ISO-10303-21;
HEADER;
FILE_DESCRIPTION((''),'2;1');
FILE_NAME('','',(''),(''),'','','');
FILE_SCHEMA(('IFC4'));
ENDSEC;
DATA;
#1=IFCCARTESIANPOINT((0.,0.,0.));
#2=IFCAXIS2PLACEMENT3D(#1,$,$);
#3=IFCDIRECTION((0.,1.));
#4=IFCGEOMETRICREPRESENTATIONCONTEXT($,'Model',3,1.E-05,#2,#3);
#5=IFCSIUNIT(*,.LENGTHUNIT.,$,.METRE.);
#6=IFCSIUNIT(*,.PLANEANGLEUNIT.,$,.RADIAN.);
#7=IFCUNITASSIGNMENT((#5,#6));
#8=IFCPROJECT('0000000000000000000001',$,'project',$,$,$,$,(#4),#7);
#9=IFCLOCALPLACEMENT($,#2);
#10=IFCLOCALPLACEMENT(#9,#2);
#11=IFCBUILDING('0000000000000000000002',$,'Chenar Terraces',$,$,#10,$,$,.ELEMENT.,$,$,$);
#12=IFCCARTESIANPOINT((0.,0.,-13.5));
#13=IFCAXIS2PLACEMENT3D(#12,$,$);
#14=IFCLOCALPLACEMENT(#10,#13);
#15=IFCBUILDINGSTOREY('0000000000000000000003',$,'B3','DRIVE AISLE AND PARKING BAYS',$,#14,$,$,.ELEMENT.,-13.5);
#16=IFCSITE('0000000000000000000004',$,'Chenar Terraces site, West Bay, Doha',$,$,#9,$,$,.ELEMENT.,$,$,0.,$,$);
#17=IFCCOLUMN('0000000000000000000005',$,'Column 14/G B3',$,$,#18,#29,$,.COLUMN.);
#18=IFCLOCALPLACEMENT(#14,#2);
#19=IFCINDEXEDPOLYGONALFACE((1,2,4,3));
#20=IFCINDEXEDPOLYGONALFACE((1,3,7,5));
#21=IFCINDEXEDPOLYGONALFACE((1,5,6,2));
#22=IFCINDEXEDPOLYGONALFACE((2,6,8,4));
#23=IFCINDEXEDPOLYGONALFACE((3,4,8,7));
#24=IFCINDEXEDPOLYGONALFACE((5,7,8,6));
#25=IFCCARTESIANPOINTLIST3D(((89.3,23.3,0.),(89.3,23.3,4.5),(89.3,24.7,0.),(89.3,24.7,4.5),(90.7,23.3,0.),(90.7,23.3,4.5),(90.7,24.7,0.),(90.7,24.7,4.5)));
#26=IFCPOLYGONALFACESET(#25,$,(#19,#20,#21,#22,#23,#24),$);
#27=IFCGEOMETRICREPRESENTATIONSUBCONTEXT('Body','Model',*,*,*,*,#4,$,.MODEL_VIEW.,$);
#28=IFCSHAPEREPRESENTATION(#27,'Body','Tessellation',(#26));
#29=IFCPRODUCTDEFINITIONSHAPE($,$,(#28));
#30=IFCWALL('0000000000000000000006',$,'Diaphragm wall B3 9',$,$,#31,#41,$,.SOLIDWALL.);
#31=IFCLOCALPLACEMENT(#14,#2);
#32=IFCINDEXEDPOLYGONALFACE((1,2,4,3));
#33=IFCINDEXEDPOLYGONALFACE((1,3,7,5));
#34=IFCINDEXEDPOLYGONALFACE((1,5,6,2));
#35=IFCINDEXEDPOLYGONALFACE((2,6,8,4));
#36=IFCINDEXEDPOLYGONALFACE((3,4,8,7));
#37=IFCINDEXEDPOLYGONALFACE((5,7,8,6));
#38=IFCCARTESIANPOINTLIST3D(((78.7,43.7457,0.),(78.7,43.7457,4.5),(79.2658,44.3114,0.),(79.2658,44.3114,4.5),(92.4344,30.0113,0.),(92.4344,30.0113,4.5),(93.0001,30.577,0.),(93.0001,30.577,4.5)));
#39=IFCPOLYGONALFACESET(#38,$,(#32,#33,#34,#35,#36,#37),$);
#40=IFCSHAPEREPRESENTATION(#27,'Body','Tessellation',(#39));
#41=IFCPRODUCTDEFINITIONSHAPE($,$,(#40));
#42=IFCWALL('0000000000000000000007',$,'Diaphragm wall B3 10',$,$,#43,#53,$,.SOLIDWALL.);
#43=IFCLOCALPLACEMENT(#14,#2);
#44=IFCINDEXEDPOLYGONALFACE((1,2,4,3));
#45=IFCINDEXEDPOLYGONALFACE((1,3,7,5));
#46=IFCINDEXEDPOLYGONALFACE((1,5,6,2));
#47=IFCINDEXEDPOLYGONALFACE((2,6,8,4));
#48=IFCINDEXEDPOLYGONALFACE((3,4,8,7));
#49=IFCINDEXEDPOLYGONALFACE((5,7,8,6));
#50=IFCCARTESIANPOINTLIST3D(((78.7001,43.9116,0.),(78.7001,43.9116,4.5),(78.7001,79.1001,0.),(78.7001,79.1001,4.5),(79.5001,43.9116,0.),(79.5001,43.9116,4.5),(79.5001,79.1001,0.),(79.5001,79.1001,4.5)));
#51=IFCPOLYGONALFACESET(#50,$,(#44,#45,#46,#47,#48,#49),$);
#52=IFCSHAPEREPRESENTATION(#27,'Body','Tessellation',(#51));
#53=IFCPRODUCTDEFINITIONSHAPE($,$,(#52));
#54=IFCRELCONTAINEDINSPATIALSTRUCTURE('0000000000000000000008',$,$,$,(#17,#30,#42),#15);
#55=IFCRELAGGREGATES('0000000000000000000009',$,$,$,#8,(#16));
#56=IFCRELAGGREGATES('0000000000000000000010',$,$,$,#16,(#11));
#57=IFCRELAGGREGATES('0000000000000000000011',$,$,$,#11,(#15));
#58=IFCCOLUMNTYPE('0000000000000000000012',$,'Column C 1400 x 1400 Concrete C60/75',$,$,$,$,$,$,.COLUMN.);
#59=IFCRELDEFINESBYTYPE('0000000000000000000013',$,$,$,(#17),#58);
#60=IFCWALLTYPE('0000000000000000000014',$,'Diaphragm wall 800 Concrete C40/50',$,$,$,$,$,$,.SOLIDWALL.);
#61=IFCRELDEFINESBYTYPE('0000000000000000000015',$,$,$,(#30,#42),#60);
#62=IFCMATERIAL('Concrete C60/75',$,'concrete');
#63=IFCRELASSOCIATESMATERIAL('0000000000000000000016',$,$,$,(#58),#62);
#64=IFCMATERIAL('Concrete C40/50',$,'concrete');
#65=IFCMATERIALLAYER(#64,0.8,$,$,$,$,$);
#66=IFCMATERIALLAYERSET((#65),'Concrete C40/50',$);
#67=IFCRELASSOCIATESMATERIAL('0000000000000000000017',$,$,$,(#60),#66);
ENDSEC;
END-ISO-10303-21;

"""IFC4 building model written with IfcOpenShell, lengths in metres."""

from ifc_helpers import new_model, si_unit, direction, frame, frame_2d, origin, origin_2d, place, context, subcontext, project, spatial, rectangle, extrude, material, layer, layer_set, material_profile, profile_set, type_object, element, save


model = new_model("IFC4")

# Units and contexts
model_context = context("Model", 3, precision=1e-05, world=origin(), true_north=direction((0.0, 1.0)))
body_context = subcontext(model_context, "Body", "Model", "MODEL_VIEW")
ifc_project = project(units=[si_unit("LENGTHUNIT", "METRE"), si_unit("PLANEANGLEUNIT", "RADIAN")], contexts=[model_context])

# Site, building, storey
site_placement = place(None, origin())
site = spatial("IfcSite", under=ifc_project, at=site_placement, Name="Chenar Terraces site, West Bay, Doha", CompositionType="ELEMENT", RefElevation=0.0)
building_placement = place(site_placement, origin())
building = spatial("IfcBuilding", under=site, at=building_placement, Name="Chenar Terraces", CompositionType="ELEMENT")
storey_placement = place(building_placement, frame((0.0, 0.0, -13.5)))
storey = spatial("IfcBuildingStorey", under=building, at=storey_placement, Name="B3", Description="DRIVE AISLE AND PARKING BAYS", CompositionType="ELEMENT", Elevation=-13.5)

# Column
ifc_material_1 = material(Name="Concrete C60/75", Category="concrete")
ifc_material_profile_1 = material_profile(ifc_material_1, rectangle(XDim=1.3999, YDim=1.3999, at=origin_2d()), Name="C 1400 x 1400")
ifc_profile_set_1 = profile_set([ifc_material_profile_1], Name="Concrete C60/75")
column_type = type_object("IfcColumnType", Name="Column C 1400 x 1400 Concrete C60/75", PredefinedType="COLUMN", material=ifc_profile_set_1)
for number, where, z_axis, x_axis, name in (
    (1, (90.0, 24.0, 0.0), (0.0, 0.0, 1.0), (1.0, 0.0, 0.0), "Column 14/G B3"),
):
    element("IfcColumn", number, at=place(storey_placement, frame(where, z_axis=z_axis, x_axis=x_axis)), inside=storey, type_object=column_type, Name=name, PredefinedType="COLUMN", context=body_context, shape_type="SweptSolid", body=[
        extrude(rectangle(XDim=1.3999, YDim=1.3999, at=origin_2d()), origin(), (0.0, 0.0, 1.0), 4.5),
    ])

# Walls
ifc_material_2 = material(Name="Concrete C40/50", Category="concrete")
ifc_layer = layer(ifc_material_2, 0.8)
ifc_layer_set = layer_set([ifc_layer], Name="Concrete C40/50")
wall_type = type_object("IfcWallType", Name="Diaphragm wall 800 Concrete C40/50", PredefinedType="SOLIDWALL", material=ifc_layer_set)
wall_1_placement = place(storey_placement, frame((92.7173, 30.2942, 0.0), z_axis=(0.0, 0.0, 1.0), x_axis=(-0.707107, 0.707107, 0.0)))
element("IfcWall", 2, at=wall_1_placement, inside=storey, type_object=wall_type, Name="Diaphragm wall B3 9", PredefinedType="SOLIDWALL", context=body_context, shape_type="SweptSolid", body=[
    extrude(rectangle(XDim=19.4233, YDim=0.8, at=frame_2d((9.7117, 0.0))), origin(), (0.0, 0.0, 1.0), 4.5),
])
wall_2_placement = place(storey_placement, frame((79.1001, 43.9116, 0.0), z_axis=(0.0, 0.0, 1.0), x_axis=(0.0, 1.0, 0.0)))
element("IfcWall", 3, at=wall_2_placement, inside=storey, type_object=wall_type, Name="Diaphragm wall B3 10", PredefinedType="SOLIDWALL", context=body_context, shape_type="SweptSolid", body=[
    extrude(rectangle(XDim=35.1885, YDim=0.8, at=frame_2d((17.5942, 0.0))), origin(), (0.0, 0.0, 1.0), 4.5),
])

save(model, "model.ifc")
